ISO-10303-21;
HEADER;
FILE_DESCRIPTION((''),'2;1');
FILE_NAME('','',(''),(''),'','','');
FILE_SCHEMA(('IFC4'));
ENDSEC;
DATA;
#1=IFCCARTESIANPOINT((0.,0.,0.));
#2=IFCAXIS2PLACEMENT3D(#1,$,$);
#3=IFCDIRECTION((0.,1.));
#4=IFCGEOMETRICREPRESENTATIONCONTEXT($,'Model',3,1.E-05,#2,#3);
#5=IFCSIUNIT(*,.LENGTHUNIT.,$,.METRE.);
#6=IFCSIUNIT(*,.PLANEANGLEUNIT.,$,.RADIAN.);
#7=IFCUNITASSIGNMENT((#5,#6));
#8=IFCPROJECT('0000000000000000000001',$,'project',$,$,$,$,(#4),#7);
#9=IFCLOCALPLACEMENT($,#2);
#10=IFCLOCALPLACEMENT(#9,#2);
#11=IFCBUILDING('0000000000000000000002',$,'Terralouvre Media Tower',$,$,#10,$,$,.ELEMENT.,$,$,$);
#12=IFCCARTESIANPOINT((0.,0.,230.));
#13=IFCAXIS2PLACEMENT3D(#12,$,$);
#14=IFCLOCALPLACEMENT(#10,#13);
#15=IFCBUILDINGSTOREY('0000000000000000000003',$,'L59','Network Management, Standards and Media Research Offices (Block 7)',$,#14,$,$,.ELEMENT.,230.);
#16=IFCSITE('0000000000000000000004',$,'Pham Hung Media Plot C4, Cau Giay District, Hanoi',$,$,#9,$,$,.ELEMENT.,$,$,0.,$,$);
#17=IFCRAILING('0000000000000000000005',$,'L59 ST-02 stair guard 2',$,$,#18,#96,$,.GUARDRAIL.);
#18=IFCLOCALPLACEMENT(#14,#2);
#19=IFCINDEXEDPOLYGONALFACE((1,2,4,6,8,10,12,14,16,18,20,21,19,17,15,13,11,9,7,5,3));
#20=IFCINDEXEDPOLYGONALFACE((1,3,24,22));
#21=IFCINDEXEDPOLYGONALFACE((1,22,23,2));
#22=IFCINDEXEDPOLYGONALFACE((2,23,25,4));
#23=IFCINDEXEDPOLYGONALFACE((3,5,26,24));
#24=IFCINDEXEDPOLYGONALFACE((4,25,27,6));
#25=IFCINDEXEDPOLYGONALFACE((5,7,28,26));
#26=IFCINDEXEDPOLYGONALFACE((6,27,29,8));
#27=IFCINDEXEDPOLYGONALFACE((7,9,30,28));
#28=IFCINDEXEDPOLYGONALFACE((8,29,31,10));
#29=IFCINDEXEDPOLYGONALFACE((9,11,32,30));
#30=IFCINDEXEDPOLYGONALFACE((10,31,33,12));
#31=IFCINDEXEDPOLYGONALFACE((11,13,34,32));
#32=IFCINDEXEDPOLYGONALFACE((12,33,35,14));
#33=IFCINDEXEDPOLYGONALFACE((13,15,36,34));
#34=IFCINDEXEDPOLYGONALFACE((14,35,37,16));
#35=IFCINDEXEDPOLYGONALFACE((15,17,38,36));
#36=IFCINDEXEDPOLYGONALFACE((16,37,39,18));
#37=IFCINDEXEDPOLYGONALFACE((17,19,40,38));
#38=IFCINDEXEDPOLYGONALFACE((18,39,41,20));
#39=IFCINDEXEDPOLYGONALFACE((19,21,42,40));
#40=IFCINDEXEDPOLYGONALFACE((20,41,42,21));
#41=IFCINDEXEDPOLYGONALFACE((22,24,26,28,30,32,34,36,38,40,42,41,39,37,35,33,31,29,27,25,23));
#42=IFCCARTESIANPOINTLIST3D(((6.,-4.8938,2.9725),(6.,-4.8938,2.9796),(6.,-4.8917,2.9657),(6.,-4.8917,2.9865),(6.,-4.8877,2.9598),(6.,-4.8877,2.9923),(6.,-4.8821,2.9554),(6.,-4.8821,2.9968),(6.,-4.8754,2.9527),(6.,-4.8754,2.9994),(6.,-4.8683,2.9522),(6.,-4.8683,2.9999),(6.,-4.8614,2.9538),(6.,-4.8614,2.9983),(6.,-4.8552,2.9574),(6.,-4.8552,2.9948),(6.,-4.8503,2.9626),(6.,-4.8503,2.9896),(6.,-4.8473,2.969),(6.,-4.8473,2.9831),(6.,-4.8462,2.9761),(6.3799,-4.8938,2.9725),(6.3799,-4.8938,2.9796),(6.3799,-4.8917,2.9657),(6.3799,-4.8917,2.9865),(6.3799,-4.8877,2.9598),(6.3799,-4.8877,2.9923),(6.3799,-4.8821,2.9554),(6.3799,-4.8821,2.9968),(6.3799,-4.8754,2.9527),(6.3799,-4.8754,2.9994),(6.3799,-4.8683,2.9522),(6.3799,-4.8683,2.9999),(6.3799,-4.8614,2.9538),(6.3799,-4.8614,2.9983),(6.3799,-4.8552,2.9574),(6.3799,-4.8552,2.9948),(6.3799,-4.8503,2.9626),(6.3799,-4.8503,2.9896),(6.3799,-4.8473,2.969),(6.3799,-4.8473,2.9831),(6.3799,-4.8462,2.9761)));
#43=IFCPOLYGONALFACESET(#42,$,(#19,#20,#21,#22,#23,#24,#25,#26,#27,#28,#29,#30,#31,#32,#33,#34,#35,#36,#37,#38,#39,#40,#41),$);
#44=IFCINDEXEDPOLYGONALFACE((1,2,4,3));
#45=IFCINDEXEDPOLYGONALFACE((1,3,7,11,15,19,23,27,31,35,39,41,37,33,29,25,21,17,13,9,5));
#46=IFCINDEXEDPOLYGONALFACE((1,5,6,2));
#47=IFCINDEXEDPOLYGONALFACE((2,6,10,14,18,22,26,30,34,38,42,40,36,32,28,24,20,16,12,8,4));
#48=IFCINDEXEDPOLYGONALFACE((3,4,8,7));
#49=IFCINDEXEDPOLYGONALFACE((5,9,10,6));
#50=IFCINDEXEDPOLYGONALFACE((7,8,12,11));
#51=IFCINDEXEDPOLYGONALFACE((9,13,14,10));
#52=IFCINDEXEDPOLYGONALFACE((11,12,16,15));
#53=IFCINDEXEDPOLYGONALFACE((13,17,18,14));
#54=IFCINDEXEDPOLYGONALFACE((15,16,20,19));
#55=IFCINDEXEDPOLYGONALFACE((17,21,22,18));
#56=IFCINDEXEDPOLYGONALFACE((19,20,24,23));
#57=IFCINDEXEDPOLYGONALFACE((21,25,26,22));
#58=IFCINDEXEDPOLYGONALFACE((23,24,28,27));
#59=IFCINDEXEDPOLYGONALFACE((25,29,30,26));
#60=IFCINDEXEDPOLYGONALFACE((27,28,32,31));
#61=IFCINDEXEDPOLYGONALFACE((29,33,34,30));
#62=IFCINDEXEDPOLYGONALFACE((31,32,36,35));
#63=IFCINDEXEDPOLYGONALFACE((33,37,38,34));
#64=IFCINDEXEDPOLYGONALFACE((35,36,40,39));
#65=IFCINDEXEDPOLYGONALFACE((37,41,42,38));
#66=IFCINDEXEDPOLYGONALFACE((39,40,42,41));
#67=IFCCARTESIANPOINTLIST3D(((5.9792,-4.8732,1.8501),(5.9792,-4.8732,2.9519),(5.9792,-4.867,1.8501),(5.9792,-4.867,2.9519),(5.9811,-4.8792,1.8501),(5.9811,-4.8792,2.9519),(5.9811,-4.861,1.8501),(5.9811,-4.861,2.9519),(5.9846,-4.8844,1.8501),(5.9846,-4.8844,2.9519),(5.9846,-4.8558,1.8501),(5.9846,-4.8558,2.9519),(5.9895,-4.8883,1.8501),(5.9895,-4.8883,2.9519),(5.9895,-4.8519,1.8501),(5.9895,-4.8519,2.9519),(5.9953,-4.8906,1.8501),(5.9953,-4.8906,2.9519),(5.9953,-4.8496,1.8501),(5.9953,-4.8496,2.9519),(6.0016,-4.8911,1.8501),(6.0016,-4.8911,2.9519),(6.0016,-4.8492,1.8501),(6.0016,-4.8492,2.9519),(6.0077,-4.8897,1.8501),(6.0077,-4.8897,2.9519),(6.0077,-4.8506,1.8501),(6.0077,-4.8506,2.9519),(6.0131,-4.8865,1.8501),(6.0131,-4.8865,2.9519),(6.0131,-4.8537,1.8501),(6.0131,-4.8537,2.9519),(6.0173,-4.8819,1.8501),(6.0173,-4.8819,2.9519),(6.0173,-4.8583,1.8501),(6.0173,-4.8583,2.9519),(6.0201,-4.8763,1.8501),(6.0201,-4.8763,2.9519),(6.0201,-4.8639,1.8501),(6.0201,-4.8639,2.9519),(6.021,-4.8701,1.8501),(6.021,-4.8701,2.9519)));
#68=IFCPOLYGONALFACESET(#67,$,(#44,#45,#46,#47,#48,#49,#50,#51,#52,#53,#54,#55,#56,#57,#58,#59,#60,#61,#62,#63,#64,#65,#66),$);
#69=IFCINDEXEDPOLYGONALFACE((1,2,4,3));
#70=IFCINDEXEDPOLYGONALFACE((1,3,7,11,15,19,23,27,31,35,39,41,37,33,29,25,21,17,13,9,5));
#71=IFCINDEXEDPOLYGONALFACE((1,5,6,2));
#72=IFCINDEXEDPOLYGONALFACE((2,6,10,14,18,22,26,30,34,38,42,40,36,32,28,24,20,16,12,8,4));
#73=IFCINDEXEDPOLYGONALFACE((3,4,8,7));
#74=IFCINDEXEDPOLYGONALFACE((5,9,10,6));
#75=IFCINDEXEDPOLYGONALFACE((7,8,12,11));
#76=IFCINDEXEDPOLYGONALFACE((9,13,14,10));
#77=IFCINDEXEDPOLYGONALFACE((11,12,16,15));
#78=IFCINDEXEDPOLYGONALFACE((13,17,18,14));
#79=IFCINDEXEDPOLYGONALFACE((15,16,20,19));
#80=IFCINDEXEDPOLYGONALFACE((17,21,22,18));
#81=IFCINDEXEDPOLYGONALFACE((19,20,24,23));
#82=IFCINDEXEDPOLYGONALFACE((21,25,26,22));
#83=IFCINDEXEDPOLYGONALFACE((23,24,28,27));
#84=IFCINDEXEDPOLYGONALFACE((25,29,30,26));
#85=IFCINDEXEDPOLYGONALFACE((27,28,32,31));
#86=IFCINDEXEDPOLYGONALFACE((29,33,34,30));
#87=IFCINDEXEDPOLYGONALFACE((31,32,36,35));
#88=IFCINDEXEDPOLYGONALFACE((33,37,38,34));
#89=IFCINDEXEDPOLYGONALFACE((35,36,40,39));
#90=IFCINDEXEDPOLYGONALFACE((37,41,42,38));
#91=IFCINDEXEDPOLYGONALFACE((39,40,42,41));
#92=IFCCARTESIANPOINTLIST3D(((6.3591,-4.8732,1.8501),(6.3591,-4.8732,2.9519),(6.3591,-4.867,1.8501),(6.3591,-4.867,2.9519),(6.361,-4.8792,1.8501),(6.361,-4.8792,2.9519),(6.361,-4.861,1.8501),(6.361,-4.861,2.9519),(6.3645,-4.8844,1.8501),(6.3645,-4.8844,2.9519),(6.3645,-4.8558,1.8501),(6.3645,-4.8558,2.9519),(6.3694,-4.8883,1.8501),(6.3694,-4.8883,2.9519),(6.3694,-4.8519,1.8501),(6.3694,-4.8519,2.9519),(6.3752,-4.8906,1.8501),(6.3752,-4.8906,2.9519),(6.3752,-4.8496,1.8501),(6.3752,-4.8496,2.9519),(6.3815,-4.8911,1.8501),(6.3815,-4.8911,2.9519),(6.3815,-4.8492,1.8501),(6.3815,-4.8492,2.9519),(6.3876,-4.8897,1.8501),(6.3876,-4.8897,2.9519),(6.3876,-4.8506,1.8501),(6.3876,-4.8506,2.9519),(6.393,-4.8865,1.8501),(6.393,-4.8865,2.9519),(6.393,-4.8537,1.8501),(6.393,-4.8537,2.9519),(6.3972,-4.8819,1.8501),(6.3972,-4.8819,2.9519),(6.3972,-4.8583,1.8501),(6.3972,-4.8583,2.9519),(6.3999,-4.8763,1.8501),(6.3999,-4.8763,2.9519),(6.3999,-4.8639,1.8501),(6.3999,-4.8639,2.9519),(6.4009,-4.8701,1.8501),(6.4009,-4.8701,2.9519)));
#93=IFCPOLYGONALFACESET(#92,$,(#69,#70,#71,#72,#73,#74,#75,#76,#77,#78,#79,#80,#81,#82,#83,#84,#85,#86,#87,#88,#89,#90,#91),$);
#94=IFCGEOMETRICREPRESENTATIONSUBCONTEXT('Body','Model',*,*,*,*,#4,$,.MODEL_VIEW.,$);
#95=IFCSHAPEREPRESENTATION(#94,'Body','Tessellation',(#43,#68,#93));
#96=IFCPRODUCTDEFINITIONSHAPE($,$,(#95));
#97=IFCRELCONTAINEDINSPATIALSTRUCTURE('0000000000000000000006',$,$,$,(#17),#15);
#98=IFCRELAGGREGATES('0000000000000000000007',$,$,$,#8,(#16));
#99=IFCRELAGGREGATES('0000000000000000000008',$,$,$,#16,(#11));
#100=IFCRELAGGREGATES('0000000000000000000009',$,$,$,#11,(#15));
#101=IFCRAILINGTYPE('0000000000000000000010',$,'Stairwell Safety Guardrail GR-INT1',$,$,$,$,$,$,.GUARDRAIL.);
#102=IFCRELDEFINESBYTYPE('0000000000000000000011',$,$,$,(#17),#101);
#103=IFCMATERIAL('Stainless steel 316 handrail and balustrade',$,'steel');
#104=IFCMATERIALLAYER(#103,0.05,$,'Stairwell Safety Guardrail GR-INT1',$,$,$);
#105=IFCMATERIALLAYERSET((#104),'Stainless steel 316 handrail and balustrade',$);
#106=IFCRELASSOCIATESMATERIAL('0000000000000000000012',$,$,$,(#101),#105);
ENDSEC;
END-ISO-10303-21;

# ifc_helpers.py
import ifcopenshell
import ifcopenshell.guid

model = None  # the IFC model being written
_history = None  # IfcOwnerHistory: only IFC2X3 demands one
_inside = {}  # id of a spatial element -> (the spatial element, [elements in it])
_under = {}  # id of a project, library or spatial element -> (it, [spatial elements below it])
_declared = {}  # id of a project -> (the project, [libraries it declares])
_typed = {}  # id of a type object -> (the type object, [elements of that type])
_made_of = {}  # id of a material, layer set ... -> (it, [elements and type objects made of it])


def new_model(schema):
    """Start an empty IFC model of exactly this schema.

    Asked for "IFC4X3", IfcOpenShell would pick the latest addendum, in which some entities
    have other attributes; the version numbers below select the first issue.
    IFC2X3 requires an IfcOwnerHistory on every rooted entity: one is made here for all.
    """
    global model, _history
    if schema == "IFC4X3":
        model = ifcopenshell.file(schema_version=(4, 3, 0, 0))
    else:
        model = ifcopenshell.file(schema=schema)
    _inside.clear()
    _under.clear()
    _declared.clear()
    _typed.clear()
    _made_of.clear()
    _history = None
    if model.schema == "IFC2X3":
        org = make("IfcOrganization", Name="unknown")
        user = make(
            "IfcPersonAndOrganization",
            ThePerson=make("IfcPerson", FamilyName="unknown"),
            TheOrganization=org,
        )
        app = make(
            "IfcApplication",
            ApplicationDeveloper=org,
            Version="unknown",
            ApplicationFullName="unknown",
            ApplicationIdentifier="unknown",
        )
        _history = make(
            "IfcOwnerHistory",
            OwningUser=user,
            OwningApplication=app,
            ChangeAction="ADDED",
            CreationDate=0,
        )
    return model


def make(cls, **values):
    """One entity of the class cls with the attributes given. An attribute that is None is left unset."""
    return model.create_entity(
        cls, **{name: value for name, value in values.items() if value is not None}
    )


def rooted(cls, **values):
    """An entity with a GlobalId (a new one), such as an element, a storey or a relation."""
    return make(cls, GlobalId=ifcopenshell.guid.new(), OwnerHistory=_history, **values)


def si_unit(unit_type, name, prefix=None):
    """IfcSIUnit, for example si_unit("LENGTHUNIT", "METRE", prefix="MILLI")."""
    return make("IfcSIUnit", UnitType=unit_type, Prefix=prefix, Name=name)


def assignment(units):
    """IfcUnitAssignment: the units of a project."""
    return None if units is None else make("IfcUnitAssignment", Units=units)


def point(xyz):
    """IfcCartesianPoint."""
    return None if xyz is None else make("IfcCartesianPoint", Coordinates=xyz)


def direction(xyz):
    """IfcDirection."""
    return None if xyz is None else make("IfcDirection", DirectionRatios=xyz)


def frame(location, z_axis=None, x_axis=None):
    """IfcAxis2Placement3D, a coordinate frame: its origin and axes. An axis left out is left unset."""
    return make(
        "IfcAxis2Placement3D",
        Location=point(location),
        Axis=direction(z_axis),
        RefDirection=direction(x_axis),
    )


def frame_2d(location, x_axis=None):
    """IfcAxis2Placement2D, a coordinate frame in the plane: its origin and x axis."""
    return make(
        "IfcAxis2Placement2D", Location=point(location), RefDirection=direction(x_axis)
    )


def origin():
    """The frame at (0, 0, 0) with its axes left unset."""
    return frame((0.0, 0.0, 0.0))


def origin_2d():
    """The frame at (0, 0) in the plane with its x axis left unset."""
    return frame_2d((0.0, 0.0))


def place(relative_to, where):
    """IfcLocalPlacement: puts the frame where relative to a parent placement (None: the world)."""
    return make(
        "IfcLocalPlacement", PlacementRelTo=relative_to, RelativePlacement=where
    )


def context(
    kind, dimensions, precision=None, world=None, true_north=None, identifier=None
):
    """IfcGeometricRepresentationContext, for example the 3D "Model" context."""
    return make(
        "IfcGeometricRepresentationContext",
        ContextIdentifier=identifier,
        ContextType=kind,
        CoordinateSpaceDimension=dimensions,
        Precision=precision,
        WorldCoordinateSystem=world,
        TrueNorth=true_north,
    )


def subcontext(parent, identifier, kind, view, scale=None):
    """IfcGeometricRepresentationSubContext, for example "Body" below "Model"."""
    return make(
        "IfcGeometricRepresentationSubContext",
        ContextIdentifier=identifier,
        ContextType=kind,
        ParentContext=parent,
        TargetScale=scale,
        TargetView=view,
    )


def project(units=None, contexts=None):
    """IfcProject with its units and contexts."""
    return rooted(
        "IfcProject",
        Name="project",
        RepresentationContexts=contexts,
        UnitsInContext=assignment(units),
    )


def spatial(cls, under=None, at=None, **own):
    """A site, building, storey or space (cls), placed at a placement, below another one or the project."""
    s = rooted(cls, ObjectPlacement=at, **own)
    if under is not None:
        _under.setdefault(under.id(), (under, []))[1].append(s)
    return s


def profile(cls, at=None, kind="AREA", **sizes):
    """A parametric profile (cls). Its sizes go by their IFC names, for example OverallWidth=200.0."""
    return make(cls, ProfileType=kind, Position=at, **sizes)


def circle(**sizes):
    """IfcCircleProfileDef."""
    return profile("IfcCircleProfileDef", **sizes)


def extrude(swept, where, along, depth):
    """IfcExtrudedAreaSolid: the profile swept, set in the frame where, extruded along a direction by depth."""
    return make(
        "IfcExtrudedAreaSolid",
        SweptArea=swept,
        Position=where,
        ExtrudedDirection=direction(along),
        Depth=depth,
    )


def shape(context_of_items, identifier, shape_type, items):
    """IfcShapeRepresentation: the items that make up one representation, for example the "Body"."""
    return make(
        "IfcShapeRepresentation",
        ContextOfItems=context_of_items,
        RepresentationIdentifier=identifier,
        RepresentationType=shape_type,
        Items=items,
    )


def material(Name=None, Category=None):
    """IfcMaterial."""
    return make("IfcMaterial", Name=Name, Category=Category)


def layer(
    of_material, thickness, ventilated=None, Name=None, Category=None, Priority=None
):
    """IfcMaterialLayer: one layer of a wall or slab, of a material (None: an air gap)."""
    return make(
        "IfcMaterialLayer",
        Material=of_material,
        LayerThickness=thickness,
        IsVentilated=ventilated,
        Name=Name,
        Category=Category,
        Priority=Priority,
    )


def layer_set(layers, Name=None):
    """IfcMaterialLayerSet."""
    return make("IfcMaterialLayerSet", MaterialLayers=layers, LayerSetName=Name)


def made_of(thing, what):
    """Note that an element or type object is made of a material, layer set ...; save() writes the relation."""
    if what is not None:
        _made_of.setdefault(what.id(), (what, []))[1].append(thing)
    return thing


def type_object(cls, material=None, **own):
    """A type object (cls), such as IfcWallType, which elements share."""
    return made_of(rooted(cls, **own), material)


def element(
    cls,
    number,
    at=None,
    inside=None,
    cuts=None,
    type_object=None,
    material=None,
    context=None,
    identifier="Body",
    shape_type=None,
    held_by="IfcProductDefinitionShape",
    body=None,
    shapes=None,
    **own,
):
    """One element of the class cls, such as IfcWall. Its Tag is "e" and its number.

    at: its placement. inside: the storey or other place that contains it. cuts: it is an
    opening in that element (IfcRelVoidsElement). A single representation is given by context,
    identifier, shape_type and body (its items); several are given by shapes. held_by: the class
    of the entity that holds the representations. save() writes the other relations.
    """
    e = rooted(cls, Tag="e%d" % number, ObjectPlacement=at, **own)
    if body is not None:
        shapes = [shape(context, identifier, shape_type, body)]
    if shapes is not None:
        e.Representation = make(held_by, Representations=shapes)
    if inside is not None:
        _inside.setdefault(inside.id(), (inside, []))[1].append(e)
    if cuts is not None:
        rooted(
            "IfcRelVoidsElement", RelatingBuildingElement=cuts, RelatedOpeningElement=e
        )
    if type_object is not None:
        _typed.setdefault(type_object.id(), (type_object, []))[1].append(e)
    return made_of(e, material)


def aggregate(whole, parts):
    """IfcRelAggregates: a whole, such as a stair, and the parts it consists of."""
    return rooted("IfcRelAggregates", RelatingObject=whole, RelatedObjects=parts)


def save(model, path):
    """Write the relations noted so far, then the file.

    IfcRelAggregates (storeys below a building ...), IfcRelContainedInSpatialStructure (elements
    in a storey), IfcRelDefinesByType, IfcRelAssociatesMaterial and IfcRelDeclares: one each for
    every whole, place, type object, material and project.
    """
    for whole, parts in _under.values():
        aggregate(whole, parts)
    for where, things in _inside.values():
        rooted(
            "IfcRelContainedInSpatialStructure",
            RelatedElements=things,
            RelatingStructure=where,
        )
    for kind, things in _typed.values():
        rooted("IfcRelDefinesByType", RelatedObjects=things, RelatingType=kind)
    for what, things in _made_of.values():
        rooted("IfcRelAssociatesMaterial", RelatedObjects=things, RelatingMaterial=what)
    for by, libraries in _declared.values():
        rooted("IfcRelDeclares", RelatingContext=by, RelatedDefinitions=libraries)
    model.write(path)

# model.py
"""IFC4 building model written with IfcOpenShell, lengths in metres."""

from ifc_helpers import new_model, si_unit, direction, frame, origin, origin_2d, place, context, subcontext, project, spatial, circle, extrude, material, layer, layer_set, type_object, element, save


model = new_model("IFC4")

# Units and contexts
model_context = context("Model", 3, precision=1e-05, world=origin(), true_north=direction((0.0, 1.0)))
body_context = subcontext(model_context, "Body", "Model", "MODEL_VIEW")
ifc_project = project(units=[si_unit("LENGTHUNIT", "METRE"), si_unit("PLANEANGLEUNIT", "RADIAN")], contexts=[model_context])

# Site, building, storey
site_placement = place(None, origin())
site = spatial("IfcSite", under=ifc_project, at=site_placement, Name="Pham Hung Media Plot C4, Cau Giay District, Hanoi", CompositionType="ELEMENT", RefElevation=0.0)
building_placement = place(site_placement, origin())
building = spatial("IfcBuilding", under=site, at=building_placement, Name="Terralouvre Media Tower", CompositionType="ELEMENT")
storey_placement = place(building_placement, frame((0.0, 0.0, 230.0)))
storey = spatial("IfcBuildingStorey", under=building, at=storey_placement, Name="L59", Description="Network Management, Standards and Media Research Offices (Block 7)", CompositionType="ELEMENT", Elevation=230.0)

# Railing
ifc_material_1 = material(Name="Stainless steel 316 handrail and balustrade", Category="steel")
ifc_layer_1 = layer(ifc_material_1, 0.05, Name="Stairwell Safety Guardrail GR-INT1")
ifc_layer_set_1 = layer_set([ifc_layer_1], Name="Stainless steel 316 handrail and balustrade")
railing_type_1 = type_object("IfcRailingType", Name="Stairwell Safety Guardrail GR-INT1", PredefinedType="GUARDRAIL", material=ifc_layer_set_1)
railing_1_placement = place(storey_placement, frame((6.0, -4.8701, 1.8501)))
element("IfcRailing", 1, at=railing_1_placement, inside=storey, type_object=railing_type_1, Name="L59 ST-02 stair guard 2", PredefinedType="GUARDRAIL", context=body_context, shape_type="SweptSolid", body=[
    extrude(circle(Radius=0.0239, at=origin_2d()), frame((0.0, 0.0, 1.126), z_axis=(1.0, 0.0, 0.0), x_axis=(0.0, 1.0, 0.0)), (0.0, 0.0, 1.0), 0.3799),
    extrude(circle(Radius=0.021, at=origin_2d()), origin(), (0.0, 0.0, 1.0), 1.1018),
    extrude(circle(Radius=0.021, at=origin_2d()), frame((0.3799, 0.0, 0.0)), (0.0, 0.0, 1.0), 1.1018),
])

save(model, "model.ifc")
